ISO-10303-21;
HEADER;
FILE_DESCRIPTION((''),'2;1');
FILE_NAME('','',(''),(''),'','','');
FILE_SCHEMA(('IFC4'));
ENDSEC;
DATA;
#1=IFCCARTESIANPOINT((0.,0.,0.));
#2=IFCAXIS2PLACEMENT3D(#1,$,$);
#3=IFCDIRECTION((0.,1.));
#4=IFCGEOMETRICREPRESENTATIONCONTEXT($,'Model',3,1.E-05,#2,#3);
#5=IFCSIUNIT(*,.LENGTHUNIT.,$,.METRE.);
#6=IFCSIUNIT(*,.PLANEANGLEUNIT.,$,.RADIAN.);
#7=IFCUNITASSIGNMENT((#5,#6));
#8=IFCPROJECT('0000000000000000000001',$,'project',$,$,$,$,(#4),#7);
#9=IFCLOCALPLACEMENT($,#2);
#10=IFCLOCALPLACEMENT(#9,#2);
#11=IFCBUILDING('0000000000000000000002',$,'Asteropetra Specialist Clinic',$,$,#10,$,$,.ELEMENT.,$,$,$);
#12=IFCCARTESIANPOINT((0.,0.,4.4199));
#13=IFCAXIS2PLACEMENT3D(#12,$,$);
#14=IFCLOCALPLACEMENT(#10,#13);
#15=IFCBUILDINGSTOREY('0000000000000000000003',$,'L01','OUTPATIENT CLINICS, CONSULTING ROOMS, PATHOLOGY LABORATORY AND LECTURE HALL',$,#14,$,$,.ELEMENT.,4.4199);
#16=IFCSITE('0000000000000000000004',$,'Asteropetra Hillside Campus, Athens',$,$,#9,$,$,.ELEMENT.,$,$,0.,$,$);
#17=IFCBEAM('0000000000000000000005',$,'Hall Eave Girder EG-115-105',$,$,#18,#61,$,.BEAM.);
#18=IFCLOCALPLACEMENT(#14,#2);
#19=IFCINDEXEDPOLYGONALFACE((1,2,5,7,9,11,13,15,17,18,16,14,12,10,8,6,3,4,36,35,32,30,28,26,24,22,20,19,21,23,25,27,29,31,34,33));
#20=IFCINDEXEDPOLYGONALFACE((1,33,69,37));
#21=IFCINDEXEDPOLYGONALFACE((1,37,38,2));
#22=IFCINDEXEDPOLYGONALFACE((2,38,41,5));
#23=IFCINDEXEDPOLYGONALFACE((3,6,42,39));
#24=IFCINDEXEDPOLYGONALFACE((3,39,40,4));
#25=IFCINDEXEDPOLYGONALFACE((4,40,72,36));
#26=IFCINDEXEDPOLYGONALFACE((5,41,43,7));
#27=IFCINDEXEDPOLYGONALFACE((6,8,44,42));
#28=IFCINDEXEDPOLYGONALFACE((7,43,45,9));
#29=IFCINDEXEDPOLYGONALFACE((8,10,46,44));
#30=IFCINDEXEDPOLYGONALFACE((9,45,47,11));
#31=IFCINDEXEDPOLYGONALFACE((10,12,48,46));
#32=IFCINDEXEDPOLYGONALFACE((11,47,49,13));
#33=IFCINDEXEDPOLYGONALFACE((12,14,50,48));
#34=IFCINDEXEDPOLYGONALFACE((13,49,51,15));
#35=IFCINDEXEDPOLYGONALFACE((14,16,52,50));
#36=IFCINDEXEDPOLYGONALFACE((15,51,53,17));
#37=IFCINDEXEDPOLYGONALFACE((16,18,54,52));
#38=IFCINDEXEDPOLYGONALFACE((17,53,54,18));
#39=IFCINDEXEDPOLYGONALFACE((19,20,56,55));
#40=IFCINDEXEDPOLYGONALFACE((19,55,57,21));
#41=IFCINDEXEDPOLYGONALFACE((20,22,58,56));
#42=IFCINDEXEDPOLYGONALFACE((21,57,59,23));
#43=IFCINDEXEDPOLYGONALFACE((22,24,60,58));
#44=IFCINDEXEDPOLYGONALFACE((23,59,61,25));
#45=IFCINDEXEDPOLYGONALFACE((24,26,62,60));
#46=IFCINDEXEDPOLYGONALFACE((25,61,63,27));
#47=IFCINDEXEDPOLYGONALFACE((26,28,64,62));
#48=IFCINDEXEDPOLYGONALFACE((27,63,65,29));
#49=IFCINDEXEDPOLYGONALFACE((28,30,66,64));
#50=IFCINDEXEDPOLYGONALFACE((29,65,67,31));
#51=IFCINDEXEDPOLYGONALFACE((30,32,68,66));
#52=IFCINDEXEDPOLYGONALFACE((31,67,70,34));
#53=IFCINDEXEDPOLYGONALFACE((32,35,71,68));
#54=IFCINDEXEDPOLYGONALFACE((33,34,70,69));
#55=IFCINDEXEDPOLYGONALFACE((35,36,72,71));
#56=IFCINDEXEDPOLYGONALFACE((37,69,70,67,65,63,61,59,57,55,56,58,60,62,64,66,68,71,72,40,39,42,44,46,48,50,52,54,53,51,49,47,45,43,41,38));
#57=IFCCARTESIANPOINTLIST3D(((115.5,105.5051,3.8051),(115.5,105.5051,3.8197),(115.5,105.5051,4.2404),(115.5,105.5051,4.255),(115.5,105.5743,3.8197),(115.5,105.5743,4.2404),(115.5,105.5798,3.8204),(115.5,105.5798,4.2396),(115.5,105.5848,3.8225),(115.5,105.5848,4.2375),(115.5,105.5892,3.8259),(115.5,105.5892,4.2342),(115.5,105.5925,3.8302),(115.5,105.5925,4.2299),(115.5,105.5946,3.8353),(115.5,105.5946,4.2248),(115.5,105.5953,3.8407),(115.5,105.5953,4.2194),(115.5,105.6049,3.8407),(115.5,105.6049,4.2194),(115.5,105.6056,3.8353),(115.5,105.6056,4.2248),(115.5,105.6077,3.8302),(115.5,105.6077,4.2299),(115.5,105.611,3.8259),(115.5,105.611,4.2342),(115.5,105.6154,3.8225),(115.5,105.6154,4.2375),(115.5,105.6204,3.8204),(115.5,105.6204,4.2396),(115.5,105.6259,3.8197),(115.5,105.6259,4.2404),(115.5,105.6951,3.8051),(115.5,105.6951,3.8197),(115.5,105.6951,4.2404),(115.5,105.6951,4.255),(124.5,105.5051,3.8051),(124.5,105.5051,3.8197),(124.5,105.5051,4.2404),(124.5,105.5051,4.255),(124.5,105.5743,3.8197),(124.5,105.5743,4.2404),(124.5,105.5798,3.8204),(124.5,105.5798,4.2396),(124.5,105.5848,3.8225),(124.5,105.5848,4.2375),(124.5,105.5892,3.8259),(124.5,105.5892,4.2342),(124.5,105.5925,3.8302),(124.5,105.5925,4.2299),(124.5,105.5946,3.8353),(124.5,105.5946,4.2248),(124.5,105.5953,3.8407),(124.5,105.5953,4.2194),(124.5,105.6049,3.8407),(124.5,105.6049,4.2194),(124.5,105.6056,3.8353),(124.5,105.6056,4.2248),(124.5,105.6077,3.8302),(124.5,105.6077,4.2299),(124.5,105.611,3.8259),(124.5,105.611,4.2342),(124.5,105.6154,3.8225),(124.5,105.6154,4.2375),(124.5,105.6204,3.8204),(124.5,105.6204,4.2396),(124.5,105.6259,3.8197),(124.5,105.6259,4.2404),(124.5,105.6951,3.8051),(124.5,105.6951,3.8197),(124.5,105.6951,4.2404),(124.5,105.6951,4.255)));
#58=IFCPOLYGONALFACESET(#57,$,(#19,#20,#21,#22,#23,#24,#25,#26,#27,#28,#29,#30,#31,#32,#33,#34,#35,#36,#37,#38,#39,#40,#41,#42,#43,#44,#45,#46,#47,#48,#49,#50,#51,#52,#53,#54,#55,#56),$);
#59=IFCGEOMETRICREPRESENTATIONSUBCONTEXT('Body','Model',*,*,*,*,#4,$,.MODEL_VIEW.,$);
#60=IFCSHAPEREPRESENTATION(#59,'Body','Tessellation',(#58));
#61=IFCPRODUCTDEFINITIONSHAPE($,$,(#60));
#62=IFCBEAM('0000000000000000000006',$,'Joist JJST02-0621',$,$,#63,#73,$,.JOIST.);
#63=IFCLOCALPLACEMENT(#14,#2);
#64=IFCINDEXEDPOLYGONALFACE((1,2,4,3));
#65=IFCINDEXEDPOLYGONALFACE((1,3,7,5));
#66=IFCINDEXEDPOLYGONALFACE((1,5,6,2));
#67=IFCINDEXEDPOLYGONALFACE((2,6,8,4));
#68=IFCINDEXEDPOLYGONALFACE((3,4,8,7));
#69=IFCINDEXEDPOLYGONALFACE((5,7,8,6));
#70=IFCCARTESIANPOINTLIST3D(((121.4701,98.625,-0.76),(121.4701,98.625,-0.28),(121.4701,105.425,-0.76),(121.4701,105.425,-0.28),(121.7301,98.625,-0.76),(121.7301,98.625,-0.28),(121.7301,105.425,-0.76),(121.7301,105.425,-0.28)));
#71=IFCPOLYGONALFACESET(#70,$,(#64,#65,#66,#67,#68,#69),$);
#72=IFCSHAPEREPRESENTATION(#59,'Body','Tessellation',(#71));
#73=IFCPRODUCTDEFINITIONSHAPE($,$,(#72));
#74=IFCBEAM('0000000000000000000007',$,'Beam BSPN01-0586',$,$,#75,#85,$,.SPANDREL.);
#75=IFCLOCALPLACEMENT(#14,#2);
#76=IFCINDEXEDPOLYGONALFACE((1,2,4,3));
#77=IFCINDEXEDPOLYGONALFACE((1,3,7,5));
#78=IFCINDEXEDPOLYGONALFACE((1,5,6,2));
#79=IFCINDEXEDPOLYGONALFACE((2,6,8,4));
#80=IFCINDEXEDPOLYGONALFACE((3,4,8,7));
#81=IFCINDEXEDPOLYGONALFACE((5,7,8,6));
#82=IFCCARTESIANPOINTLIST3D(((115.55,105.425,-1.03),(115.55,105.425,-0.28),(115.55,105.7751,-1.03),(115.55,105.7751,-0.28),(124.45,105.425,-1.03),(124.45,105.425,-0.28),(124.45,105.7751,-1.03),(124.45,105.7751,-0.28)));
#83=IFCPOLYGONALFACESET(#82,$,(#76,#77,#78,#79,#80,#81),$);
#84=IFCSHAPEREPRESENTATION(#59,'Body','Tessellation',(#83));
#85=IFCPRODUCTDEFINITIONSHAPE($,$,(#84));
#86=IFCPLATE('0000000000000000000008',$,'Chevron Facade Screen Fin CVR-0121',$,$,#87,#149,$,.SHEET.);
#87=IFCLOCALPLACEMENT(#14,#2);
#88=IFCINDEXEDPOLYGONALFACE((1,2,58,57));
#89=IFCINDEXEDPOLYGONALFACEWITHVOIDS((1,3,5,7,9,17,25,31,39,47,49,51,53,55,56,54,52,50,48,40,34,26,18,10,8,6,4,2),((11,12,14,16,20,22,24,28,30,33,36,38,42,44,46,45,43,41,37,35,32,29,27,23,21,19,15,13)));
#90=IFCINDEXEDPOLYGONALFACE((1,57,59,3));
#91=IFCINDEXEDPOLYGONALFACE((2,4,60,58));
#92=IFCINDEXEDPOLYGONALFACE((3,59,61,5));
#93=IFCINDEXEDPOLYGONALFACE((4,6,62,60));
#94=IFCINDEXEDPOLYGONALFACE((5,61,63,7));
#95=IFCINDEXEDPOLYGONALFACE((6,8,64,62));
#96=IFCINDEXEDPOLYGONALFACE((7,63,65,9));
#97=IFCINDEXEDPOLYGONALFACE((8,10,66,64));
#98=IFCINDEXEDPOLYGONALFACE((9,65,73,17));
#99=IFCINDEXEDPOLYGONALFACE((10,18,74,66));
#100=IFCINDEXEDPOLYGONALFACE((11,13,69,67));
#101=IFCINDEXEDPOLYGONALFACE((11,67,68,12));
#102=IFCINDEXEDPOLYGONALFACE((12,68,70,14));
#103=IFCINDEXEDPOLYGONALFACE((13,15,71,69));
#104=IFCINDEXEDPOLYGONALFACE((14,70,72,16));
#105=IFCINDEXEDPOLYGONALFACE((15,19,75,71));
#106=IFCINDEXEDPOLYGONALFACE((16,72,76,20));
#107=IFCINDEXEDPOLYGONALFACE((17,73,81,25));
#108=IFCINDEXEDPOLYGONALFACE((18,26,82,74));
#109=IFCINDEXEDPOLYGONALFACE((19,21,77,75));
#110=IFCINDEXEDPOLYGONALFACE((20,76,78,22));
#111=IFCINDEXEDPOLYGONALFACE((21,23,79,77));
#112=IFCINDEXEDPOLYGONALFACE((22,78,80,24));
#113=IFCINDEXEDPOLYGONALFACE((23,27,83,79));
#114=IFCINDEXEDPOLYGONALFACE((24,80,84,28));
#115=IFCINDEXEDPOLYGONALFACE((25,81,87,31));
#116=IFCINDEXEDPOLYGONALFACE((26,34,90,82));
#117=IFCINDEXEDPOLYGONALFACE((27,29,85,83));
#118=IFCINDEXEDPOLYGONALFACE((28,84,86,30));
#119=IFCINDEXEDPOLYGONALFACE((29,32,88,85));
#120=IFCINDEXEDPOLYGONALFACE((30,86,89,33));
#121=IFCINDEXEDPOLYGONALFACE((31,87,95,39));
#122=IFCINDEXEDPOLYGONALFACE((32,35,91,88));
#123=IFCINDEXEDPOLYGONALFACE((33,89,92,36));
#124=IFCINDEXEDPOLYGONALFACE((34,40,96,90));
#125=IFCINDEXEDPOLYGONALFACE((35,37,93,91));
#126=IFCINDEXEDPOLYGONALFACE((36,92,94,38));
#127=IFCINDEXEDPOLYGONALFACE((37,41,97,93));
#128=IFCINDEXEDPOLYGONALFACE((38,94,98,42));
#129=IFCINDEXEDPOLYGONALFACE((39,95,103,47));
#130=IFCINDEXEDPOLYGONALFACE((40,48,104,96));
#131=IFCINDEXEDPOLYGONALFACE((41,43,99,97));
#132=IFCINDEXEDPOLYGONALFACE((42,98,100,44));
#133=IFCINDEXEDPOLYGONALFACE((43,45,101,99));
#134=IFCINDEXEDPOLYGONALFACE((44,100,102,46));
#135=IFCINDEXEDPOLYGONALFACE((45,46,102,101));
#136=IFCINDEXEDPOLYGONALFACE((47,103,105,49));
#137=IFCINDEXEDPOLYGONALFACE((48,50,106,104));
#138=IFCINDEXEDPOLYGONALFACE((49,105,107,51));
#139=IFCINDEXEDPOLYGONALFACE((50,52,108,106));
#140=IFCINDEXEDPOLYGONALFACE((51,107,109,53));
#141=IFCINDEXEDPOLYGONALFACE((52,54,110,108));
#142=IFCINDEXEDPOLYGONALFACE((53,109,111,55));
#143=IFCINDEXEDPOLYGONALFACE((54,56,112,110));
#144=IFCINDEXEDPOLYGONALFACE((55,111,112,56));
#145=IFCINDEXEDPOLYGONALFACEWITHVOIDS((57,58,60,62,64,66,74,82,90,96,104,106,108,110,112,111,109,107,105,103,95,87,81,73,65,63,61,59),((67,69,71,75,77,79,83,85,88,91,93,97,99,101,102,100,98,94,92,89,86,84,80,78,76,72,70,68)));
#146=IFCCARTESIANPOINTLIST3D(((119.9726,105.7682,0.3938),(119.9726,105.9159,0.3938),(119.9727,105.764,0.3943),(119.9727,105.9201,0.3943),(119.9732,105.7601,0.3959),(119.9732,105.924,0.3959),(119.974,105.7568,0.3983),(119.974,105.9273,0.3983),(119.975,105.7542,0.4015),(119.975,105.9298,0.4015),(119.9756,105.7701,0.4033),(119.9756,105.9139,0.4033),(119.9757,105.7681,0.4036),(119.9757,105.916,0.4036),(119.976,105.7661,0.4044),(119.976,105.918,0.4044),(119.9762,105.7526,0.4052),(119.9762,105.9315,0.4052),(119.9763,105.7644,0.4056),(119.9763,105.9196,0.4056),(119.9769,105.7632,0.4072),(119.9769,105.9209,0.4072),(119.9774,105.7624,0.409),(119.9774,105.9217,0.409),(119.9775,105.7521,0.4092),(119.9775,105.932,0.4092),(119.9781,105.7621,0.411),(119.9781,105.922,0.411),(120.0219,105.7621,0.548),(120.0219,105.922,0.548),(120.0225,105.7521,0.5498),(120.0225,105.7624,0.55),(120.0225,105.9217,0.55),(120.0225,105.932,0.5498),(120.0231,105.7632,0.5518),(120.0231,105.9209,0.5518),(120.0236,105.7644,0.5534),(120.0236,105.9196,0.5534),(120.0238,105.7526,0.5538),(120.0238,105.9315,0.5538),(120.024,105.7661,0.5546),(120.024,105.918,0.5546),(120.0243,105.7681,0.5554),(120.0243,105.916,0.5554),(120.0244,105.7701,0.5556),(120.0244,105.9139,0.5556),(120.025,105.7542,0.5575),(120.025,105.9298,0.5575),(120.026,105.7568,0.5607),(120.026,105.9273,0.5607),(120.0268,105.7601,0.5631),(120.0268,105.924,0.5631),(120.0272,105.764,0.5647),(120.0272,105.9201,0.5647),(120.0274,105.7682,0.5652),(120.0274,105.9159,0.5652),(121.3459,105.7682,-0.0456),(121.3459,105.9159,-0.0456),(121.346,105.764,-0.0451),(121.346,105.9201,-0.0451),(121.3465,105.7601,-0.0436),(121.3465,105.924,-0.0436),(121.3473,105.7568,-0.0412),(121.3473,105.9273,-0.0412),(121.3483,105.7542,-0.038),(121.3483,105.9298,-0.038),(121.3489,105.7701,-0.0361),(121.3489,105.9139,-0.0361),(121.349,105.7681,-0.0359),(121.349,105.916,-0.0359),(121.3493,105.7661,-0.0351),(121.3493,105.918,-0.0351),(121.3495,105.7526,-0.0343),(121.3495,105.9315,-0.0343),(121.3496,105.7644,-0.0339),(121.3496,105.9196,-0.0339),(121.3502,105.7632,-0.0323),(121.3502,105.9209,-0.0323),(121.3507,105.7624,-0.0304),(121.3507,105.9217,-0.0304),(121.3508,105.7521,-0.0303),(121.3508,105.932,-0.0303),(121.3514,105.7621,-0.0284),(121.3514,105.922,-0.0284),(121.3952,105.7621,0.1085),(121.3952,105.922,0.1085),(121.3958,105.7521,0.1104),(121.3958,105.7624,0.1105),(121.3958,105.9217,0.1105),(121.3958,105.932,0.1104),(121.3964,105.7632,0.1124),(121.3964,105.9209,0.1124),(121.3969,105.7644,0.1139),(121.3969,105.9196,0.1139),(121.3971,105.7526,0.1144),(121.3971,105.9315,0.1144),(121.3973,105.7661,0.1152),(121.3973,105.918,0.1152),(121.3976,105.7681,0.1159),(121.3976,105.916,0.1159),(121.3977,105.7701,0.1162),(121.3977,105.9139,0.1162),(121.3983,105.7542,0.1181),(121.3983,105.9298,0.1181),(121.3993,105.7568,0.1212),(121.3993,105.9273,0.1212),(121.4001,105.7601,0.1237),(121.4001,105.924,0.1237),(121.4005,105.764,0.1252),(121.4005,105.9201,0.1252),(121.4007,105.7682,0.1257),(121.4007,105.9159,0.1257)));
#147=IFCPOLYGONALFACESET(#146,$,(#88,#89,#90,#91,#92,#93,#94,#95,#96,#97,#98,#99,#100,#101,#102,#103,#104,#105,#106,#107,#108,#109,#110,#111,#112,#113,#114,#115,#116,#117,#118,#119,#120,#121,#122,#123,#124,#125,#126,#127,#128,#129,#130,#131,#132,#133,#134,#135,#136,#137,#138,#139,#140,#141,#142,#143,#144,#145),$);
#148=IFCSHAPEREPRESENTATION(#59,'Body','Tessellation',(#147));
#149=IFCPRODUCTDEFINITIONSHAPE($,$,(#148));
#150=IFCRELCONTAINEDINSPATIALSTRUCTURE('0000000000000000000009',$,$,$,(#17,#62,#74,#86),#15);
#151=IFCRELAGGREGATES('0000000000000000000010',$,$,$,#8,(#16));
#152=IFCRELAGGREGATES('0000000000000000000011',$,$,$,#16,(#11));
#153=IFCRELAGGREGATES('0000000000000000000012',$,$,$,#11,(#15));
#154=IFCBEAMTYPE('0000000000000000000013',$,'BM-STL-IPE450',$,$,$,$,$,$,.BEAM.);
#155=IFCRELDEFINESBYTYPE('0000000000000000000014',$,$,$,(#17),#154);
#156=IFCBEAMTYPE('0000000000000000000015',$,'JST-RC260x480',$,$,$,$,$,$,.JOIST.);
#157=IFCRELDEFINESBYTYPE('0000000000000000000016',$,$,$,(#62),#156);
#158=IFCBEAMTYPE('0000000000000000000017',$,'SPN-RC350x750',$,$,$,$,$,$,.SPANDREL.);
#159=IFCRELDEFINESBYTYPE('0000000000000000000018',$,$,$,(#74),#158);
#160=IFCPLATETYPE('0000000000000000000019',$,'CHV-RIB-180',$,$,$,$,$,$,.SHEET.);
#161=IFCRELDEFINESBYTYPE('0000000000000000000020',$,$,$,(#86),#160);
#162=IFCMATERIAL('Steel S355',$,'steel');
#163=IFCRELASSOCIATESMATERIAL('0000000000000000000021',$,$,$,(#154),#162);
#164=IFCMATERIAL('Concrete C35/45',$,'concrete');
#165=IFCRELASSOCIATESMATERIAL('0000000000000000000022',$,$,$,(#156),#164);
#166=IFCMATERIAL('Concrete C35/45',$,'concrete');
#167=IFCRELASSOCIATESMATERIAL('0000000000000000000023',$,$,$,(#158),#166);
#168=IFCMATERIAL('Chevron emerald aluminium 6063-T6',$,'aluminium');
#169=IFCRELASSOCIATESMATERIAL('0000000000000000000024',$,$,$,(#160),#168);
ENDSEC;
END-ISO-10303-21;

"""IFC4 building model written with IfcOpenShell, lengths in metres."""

from ifc_helpers import new_model, si_unit, direction, frame, origin, origin_2d, place, context, subcontext, project, spatial, rectangle, hollow_rectangle, i_section, extrude, material, material_profile, profile_set, type_object, element, save


model = new_model("IFC4")

# Units and contexts
model_context = context("Model", 3, precision=1e-05, world=origin(), true_north=direction((0.0, 1.0)))
body_context = subcontext(model_context, "Body", "Model", "MODEL_VIEW")
ifc_project = project(units=[si_unit("LENGTHUNIT", "METRE"), si_unit("PLANEANGLEUNIT", "RADIAN")], contexts=[model_context])

# Site, building, storey
site_placement = place(None, origin())
site = spatial("IfcSite", under=ifc_project, at=site_placement, Name="Asteropetra Hillside Campus, Athens", CompositionType="ELEMENT", RefElevation=0.0)
building_placement = place(site_placement, origin())
building = spatial("IfcBuilding", under=site, at=building_placement, Name="Asteropetra Specialist Clinic", CompositionType="ELEMENT")
storey_placement = place(building_placement, frame((0.0, 0.0, 4.4199)))
storey = spatial("IfcBuildingStorey", under=building, at=storey_placement, Name="L01", Description="OUTPATIENT CLINICS, CONSULTING ROOMS, PATHOLOGY LABORATORY AND LECTURE HALL", CompositionType="ELEMENT", Elevation=4.4199)

# Beams
ifc_material_1 = material(Name="Steel S355", Category="steel")
ifc_material_profile_1 = material_profile(ifc_material_1, i_section(OverallWidth=0.1899, OverallDepth=0.45, WebThickness=0.0095, FlangeThickness=0.0146, FilletRadius=0.021, at=origin_2d()), Name="IPE 450")
ifc_profile_set_1 = profile_set([ifc_material_profile_1], Name="Steel S355")
beam_type_1 = type_object("IfcBeamType", Name="BM-STL-IPE450", PredefinedType="BEAM", material=ifc_profile_set_1)
beam_1_placement = place(storey_placement, frame((115.5, 105.6001, 4.03), z_axis=(1.0, 0.0, 0.0), x_axis=(0.0, 1.0, 0.0)))
element("IfcBeam", 1, at=beam_1_placement, inside=storey, type_object=beam_type_1, Name="Hall Eave Girder EG-115-105", PredefinedType="BEAM", context=body_context, shape_type="SweptSolid", body=[
    extrude(i_section(OverallWidth=0.1899, OverallDepth=0.45, WebThickness=0.0095, FlangeThickness=0.0146, FilletRadius=0.021, at=origin_2d()), origin(), (0.0, 0.0, 1.0), 9.0),
])
ifc_material_2 = material(Name="Concrete C35/45", Category="concrete")
ifc_material_profile_2 = material_profile(ifc_material_2, rectangle(XDim=0.26, YDim=0.48, at=origin_2d()), Name="RCJ 260x480")
ifc_profile_set_2 = profile_set([ifc_material_profile_2], Name="Concrete C35/45")
beam_type_2 = type_object("IfcBeamType", Name="JST-RC260x480", PredefinedType="JOIST", material=ifc_profile_set_2)
beam_2_placement = place(storey_placement, frame((121.6001, 98.625, -0.52), z_axis=(0.0, 1.0, 0.0), x_axis=(-1.0, 0.0, 0.0)))
element("IfcBeam", 2, at=beam_2_placement, inside=storey, type_object=beam_type_2, Name="Joist JJST02-0621", PredefinedType="JOIST", context=body_context, shape_type="SweptSolid", body=[
    extrude(rectangle(XDim=0.26, YDim=0.48, at=origin_2d()), origin(), (0.0, 0.0, 1.0), 6.8),
])
ifc_material_3 = material(Name="Concrete C35/45", Category="concrete")
ifc_material_profile_3 = material_profile(ifc_material_3, rectangle(XDim=0.3501, YDim=0.75, at=origin_2d()), Name="RCS 350x750")
ifc_profile_set_3 = profile_set([ifc_material_profile_3], Name="Concrete C35/45")
beam_type_3 = type_object("IfcBeamType", Name="SPN-RC350x750", PredefinedType="SPANDREL", material=ifc_profile_set_3)
beam_3_placement = place(storey_placement, frame((115.55, 105.6001, -0.655), z_axis=(1.0, 0.0, 0.0), x_axis=(0.0, 1.0, 0.0)))
element("IfcBeam", 3, at=beam_3_placement, inside=storey, type_object=beam_type_3, Name="Beam BSPN01-0586", PredefinedType="SPANDREL", context=body_context, shape_type="SweptSolid", body=[
    extrude(rectangle(XDim=0.3501, YDim=0.75, at=origin_2d()), origin(), (0.0, 0.0, 1.0), 8.8999),
])

# Plate
ifc_material_4 = material(Name="Chevron emerald aluminium 6063-T6", Category="aluminium")
ifc_material_profile_4 = material_profile(ifc_material_4, hollow_rectangle(XDim=0.1799, YDim=0.1799, WallThickness=0.01, InnerFilletRadius=0.0081, OuterFilletRadius=0.0161, at=origin_2d()), Name="SHS 180x180x10.0")
ifc_profile_set_4 = profile_set([ifc_material_profile_4], Name="Chevron emerald aluminium 6063-T6")
plate_type = type_object("IfcPlateType", Name="CHV-RIB-180", PredefinedType="SHEET", material=ifc_profile_set_4)
for number, where, z_axis, x_axis, name in (
    (4, (121.3733, 105.842, 0.04), (-0.952424, 0.0, 0.304776), (0.0, -1.0, 0.0), "Chevron Facade Screen Fin CVR-0121"),
):
    element("IfcPlate", number, at=place(storey_placement, frame(where, z_axis=z_axis, x_axis=x_axis)), inside=storey, type_object=plate_type, Name=name, PredefinedType="SHEET", context=body_context, shape_type="SweptSolid", body=[
        extrude(hollow_rectangle(XDim=0.1799, YDim=0.1799, WallThickness=0.01, InnerFilletRadius=0.0081, OuterFilletRadius=0.0161, at=origin_2d()), origin(), (0.0, 0.0, 1.0), 1.4419),
    ])

save(model, "model.ifc")
